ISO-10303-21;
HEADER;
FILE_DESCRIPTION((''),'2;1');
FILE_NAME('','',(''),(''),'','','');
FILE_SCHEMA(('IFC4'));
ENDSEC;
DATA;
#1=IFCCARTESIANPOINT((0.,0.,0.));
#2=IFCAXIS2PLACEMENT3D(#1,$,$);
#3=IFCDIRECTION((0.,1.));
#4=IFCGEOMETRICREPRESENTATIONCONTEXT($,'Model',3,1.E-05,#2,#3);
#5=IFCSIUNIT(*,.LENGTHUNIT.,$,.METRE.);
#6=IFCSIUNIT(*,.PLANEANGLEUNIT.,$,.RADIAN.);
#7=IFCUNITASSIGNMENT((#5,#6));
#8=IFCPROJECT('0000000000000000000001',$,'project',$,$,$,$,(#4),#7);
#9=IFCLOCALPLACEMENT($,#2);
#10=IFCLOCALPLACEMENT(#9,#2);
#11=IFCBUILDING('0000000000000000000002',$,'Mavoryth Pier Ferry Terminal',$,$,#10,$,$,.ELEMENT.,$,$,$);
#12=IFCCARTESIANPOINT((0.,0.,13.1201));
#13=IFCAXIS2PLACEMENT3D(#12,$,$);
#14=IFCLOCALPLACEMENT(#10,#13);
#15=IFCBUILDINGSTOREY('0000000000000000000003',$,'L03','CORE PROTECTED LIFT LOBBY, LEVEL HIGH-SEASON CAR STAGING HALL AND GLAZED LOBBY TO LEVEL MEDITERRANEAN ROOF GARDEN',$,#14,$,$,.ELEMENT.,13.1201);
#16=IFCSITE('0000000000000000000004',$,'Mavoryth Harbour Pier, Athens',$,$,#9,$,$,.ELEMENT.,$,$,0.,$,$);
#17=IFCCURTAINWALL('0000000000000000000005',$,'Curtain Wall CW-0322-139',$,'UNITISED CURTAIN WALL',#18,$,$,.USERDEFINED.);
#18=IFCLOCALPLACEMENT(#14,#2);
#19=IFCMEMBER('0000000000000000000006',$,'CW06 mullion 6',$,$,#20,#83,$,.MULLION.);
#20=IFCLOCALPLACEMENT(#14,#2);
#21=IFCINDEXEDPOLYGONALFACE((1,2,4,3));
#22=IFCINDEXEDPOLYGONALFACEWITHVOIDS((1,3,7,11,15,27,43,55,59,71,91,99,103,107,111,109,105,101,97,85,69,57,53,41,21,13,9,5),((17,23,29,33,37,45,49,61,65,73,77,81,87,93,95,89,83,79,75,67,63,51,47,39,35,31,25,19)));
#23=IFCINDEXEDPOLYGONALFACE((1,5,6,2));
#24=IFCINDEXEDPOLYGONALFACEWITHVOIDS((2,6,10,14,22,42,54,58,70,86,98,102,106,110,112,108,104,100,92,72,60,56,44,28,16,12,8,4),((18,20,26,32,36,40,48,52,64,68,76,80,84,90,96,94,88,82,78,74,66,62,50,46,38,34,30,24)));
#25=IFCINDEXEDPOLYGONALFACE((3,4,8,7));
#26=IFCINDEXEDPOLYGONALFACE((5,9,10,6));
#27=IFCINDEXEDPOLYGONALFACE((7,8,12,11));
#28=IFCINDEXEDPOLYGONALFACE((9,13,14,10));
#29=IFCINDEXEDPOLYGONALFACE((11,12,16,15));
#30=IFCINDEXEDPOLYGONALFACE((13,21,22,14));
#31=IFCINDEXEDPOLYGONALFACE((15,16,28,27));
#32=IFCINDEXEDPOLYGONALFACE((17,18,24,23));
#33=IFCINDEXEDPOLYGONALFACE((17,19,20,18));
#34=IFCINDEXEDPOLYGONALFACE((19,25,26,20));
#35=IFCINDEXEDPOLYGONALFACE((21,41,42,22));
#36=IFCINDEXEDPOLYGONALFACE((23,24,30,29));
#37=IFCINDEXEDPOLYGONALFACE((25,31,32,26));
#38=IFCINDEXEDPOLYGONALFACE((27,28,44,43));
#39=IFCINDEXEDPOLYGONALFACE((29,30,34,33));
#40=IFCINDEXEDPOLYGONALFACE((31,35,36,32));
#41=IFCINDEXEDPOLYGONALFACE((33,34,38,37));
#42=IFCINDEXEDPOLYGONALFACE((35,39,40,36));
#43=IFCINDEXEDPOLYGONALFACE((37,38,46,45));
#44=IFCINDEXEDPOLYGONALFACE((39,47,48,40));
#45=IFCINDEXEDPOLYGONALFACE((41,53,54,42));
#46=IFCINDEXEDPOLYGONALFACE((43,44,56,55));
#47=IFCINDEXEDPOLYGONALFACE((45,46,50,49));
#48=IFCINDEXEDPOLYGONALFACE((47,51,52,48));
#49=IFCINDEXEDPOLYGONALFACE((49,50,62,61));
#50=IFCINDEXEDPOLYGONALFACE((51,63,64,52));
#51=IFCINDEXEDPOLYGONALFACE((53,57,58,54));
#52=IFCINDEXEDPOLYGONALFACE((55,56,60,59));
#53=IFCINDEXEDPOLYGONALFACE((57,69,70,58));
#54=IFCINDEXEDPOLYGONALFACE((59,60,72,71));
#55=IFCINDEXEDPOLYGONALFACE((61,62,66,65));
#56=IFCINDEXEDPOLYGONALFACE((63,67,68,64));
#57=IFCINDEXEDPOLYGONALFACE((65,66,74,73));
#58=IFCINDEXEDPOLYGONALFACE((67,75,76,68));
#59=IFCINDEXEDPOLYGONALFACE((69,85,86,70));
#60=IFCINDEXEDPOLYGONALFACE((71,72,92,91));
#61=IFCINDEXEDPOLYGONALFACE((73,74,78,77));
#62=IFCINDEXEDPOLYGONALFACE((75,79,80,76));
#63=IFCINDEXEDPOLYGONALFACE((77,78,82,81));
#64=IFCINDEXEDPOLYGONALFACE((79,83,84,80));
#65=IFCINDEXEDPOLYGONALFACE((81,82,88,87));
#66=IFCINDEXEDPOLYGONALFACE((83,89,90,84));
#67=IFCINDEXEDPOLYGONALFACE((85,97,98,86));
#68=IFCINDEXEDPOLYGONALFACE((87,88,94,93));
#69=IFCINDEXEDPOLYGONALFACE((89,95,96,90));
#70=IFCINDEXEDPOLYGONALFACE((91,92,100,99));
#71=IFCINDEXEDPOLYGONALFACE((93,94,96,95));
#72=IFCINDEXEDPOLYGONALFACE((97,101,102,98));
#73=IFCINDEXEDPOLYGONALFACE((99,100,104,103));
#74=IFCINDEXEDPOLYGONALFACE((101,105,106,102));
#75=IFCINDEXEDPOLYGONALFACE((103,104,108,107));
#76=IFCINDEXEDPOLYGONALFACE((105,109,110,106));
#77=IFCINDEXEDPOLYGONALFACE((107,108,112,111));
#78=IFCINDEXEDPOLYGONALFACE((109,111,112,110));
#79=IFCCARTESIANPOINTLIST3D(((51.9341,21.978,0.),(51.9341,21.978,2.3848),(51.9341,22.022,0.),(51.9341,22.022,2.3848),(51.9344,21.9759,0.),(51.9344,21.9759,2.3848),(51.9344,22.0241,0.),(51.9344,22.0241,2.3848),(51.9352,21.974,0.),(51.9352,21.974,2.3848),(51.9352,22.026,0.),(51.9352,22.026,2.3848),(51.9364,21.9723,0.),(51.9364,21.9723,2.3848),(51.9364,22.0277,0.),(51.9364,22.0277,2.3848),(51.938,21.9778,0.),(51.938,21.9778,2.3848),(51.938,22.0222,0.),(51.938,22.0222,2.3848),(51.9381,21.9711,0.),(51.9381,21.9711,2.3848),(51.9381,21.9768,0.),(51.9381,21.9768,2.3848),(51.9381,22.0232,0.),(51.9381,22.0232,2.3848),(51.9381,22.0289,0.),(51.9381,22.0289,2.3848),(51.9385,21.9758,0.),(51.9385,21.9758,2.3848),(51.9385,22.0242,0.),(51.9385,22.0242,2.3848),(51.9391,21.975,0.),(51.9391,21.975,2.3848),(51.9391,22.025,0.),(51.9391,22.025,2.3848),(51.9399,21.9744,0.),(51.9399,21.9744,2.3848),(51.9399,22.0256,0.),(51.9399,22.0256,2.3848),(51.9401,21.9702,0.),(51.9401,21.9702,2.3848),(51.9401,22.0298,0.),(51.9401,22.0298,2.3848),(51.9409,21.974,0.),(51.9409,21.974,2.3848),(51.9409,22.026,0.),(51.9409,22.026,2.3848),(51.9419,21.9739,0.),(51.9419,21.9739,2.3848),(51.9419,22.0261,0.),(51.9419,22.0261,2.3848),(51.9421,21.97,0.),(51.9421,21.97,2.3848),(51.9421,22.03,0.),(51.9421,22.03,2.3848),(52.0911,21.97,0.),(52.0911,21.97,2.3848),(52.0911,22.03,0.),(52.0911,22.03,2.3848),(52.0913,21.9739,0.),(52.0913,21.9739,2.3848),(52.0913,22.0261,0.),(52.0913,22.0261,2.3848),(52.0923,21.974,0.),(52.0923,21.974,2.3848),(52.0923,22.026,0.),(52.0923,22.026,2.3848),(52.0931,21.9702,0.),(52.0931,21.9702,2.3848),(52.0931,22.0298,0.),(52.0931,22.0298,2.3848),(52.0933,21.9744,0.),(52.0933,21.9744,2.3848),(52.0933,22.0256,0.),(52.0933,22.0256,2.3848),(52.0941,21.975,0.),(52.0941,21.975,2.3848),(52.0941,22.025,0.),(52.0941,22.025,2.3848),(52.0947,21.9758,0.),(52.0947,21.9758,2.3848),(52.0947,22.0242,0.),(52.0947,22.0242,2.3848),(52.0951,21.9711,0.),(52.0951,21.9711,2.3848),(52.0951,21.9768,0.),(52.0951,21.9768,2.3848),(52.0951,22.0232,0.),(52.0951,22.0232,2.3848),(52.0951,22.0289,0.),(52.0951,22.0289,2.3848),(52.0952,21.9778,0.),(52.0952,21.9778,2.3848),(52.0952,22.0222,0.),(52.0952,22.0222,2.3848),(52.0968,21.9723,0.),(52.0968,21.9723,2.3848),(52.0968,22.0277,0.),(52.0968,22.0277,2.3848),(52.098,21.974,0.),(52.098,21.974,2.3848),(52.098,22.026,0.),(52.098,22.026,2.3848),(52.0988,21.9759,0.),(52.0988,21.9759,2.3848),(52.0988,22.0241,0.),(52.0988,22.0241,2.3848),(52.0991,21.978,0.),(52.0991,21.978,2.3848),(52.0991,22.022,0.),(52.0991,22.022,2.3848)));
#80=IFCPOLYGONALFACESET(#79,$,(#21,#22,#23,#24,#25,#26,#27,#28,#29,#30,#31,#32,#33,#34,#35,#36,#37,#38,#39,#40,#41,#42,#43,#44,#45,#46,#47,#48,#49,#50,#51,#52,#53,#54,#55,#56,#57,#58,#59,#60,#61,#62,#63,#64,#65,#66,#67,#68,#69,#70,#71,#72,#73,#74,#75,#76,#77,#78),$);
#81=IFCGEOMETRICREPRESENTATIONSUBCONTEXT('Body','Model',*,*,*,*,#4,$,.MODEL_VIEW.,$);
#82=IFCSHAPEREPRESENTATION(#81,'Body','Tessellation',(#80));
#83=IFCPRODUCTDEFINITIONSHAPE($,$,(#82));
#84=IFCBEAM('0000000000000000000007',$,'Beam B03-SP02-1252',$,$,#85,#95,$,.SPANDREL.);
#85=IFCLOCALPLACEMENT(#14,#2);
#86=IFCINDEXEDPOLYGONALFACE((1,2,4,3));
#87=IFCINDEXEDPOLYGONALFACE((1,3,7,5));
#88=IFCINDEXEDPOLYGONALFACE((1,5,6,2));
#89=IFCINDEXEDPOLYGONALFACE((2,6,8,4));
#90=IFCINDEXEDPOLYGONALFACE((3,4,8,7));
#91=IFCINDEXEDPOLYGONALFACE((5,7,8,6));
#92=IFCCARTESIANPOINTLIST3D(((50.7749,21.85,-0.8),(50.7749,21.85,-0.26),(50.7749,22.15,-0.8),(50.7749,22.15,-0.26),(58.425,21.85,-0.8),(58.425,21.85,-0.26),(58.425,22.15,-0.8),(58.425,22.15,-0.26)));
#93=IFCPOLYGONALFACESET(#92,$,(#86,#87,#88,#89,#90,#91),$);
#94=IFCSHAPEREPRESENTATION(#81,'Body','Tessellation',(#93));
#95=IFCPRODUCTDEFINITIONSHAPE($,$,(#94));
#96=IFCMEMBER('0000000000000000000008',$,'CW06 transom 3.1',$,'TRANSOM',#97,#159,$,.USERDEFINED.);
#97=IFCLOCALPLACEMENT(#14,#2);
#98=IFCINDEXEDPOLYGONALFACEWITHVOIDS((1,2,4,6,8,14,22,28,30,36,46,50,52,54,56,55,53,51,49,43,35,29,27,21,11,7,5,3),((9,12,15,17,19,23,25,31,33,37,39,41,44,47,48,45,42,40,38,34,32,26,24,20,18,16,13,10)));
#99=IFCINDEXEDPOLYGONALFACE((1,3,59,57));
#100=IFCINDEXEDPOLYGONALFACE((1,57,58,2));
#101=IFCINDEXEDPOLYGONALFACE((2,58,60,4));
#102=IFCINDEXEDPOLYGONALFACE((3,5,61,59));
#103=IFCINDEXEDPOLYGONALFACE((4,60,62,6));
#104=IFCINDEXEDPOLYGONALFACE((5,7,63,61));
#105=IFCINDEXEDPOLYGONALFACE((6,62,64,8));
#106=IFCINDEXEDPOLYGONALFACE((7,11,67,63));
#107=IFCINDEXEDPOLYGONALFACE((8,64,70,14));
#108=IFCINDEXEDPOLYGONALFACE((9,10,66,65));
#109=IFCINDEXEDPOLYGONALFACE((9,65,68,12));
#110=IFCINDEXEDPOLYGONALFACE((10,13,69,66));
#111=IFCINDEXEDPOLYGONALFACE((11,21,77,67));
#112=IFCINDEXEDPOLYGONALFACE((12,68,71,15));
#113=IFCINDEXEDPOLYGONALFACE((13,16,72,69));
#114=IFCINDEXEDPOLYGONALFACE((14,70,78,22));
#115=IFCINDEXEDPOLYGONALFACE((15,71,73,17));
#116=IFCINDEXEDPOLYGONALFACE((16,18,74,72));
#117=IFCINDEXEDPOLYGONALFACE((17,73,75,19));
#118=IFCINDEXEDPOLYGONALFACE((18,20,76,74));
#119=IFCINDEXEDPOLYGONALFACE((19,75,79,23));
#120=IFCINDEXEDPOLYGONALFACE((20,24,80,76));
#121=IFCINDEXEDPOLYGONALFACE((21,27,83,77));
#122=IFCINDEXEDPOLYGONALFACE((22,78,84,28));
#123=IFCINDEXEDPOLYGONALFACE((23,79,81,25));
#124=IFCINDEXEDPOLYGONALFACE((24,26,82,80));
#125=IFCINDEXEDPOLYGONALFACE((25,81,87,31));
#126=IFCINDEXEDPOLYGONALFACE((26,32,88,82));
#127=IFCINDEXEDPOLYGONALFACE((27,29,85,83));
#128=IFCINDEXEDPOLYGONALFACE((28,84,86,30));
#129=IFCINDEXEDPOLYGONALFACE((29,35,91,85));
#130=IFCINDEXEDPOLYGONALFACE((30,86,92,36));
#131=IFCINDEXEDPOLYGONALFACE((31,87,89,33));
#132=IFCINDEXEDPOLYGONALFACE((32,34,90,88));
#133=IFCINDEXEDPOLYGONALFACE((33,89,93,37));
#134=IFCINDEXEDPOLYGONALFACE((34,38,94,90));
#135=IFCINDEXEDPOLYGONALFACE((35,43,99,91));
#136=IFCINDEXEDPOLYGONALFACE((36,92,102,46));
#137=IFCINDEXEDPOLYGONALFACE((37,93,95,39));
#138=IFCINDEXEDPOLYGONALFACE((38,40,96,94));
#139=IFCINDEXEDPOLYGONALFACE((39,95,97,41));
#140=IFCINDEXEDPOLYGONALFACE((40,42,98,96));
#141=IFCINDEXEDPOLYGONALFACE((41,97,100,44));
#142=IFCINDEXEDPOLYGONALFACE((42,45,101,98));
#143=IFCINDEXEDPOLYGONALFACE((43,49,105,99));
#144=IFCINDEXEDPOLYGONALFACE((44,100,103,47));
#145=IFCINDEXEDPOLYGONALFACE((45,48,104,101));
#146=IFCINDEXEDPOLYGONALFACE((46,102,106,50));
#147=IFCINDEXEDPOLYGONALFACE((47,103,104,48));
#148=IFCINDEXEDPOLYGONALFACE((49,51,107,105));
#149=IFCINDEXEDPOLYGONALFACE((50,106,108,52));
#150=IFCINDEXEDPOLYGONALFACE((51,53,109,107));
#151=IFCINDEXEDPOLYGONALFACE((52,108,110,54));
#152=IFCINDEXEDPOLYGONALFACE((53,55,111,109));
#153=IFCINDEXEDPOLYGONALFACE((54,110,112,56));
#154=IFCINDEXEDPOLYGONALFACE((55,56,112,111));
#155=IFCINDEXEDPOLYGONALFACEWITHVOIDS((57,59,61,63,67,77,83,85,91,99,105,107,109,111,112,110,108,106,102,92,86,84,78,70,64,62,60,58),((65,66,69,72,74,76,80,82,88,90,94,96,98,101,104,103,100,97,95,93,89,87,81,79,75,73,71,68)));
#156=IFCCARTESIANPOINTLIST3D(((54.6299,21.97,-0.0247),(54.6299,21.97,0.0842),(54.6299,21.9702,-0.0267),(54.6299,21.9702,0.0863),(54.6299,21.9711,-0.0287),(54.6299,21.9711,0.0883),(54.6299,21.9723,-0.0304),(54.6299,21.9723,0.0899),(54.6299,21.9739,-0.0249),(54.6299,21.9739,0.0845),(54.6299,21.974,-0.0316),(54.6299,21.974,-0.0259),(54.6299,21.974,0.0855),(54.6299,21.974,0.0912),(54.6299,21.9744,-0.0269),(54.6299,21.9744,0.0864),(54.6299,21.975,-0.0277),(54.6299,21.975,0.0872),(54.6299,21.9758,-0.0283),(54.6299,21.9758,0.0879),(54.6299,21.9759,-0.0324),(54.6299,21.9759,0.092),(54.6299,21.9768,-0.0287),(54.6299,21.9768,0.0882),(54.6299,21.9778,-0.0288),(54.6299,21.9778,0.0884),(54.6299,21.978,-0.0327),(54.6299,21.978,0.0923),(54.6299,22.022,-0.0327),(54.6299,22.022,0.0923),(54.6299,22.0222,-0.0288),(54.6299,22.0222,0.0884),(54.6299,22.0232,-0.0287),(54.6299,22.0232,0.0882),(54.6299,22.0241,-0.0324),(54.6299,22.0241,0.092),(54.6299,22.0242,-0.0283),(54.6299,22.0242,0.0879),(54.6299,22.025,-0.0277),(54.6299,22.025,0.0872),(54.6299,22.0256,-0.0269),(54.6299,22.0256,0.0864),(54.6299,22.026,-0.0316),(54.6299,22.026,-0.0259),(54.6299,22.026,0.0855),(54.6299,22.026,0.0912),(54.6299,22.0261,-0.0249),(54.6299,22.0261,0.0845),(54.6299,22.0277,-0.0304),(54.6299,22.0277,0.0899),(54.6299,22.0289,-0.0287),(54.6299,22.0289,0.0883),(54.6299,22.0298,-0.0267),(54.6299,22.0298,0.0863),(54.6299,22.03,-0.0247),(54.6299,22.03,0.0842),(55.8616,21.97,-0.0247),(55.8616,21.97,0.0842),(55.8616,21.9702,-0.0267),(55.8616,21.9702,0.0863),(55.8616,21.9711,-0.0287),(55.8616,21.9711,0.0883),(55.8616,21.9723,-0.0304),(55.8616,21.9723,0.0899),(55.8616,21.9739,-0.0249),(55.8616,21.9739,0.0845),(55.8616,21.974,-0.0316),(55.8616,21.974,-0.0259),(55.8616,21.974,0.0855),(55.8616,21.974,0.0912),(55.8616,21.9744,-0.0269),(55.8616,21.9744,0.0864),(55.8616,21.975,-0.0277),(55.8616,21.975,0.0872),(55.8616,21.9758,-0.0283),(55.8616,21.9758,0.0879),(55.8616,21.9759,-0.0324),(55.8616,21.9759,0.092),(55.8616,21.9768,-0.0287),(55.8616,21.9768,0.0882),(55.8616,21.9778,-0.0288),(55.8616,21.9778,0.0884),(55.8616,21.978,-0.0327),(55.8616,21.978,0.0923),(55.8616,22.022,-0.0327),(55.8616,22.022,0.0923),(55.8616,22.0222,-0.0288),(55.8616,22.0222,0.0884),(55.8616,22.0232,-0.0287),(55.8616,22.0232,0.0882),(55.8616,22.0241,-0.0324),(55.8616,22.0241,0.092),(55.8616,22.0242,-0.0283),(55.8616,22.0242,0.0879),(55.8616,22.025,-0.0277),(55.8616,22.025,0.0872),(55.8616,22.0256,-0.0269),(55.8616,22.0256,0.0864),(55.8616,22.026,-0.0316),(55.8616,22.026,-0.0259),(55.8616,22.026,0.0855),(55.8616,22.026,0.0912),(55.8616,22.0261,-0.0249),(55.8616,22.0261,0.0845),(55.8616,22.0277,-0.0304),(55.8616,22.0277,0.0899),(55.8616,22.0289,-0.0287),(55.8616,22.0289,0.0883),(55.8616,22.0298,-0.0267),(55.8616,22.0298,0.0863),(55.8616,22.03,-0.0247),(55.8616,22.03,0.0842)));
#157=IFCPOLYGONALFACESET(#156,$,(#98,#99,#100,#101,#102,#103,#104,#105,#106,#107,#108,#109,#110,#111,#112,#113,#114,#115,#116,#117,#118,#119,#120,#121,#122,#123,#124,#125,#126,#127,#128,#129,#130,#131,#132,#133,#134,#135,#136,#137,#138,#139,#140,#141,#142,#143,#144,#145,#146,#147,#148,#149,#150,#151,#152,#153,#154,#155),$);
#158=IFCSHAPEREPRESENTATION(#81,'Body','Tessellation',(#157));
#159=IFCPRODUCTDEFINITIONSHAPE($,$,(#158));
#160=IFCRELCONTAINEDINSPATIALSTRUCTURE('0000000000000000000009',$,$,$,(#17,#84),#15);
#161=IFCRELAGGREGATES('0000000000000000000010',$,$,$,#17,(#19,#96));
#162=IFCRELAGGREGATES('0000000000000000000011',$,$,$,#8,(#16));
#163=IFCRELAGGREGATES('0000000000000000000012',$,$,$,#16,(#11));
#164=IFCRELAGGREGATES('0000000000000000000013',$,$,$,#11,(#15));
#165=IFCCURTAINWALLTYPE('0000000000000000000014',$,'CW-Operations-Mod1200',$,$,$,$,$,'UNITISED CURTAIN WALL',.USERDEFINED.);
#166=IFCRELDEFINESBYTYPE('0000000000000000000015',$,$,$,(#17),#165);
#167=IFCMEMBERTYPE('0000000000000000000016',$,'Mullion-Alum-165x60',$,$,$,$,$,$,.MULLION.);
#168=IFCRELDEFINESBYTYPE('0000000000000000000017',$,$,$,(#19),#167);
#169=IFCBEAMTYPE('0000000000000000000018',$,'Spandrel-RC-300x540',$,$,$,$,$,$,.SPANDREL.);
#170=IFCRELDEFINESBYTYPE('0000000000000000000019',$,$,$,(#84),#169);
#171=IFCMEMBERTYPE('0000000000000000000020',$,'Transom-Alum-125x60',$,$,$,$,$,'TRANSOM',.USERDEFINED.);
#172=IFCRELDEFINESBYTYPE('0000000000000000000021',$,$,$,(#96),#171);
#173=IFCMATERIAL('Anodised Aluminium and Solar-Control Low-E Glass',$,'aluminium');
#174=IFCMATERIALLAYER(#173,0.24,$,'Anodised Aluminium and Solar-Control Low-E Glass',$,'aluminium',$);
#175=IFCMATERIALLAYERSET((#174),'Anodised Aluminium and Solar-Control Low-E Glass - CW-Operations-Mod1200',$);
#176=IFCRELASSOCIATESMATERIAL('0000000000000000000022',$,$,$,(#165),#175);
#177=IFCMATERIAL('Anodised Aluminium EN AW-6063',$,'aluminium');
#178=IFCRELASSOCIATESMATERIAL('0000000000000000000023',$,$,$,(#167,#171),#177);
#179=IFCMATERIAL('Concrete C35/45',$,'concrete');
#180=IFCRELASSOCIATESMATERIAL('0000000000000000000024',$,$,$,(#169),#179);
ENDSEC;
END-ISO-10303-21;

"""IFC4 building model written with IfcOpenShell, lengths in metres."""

from ifc_helpers import new_model, si_unit, direction, frame, origin, origin_2d, place, context, subcontext, project, spatial, rectangle, hollow_rectangle, extrude, material, layer, layer_set, material_profile, profile_set, type_object, element, aggregate, save


model = new_model("IFC4")

# Units and contexts
model_context = context("Model", 3, precision=1e-05, world=origin(), true_north=direction((0.0, 1.0)))
body_context = subcontext(model_context, "Body", "Model", "MODEL_VIEW")
ifc_project = project(units=[si_unit("LENGTHUNIT", "METRE"), si_unit("PLANEANGLEUNIT", "RADIAN")], contexts=[model_context])

# Site, building, storey
site_placement = place(None, origin())
site = spatial("IfcSite", under=ifc_project, at=site_placement, Name="Mavoryth Harbour Pier, Athens", CompositionType="ELEMENT", RefElevation=0.0)
building_placement = place(site_placement, origin())
building = spatial("IfcBuilding", under=site, at=building_placement, Name="Mavoryth Pier Ferry Terminal", CompositionType="ELEMENT")
storey_placement = place(building_placement, frame((0.0, 0.0, 13.1201)))
storey = spatial("IfcBuildingStorey", under=building, at=storey_placement, Name="L03", Description="CORE PROTECTED LIFT LOBBY, LEVEL HIGH-SEASON CAR STAGING HALL AND GLAZED LOBBY TO LEVEL MEDITERRANEAN ROOF GARDEN", CompositionType="ELEMENT", Elevation=13.1201)

# Shared definitions
ifc_material_1 = material(Name="Concrete C35/45", Category="concrete")

# Curtain wall, member
ifc_material_2 = material(Name="Anodised Aluminium and Solar-Control Low-E Glass", Category="aluminium")
ifc_layer_1 = layer(ifc_material_2, 0.24, Name="Anodised Aluminium and Solar-Control Low-E Glass", Category="aluminium")
ifc_layer_set_1 = layer_set([ifc_layer_1], Name="Anodised Aluminium and Solar-Control Low-E Glass - CW-Operations-Mod1200")
curtain_wall_type = type_object("IfcCurtainWallType", Name="CW-Operations-Mod1200", ElementType="UNITISED CURTAIN WALL", PredefinedType="USERDEFINED", material=ifc_layer_set_1)
curtain_wall_placement = place(storey_placement, origin())
curtain_wall = element("IfcCurtainWall", 1, at=curtain_wall_placement, inside=storey, type_object=curtain_wall_type, Name="Curtain Wall CW-0322-139", ObjectType="UNITISED CURTAIN WALL", PredefinedType="USERDEFINED")
ifc_material_3 = material(Name="Anodised Aluminium EN AW-6063", Category="aluminium")
ifc_material_profile_1 = material_profile(ifc_material_3, hollow_rectangle(XDim=0.0601, YDim=0.165, WallThickness=0.0039, InnerFilletRadius=0.0039, OuterFilletRadius=0.0081, at=origin_2d()), Name="AL-MULL 165x60x4", Category="aluminium")
ifc_profile_set_1 = profile_set([ifc_material_profile_1], Name="Anodised Aluminium EN AW-6063 - AL-MULL 165x60x4")
member_type_1 = type_object("IfcMemberType", Name="Mullion-Alum-165x60", PredefinedType="MULLION", material=ifc_profile_set_1)
member_1_placement = place(storey_placement, frame((52.0166, 22.0, 0.0), z_axis=(0.0, 0.0, 1.0), x_axis=(0.0, -1.0, 0.0)))
member_1 = element("IfcMember", 2, at=member_1_placement, type_object=member_type_1, Name="CW06 mullion 6", PredefinedType="MULLION", context=body_context, shape_type="SweptSolid", body=[
    extrude(hollow_rectangle(XDim=0.0601, YDim=0.165, WallThickness=0.0039, InnerFilletRadius=0.0039, OuterFilletRadius=0.0081, at=origin_2d()), origin(), (0.0, 0.0, 1.0), 2.3848),
])

# Beam
ifc_material_profile_2 = material_profile(ifc_material_1, rectangle(XDim=0.3, YDim=0.54, at=origin_2d()), Name="RC 300x540", Category="concrete")
ifc_profile_set_2 = profile_set([ifc_material_profile_2], Name="Concrete C35/45 - RC 300x540")
beam_type_1 = type_object("IfcBeamType", Name="Spandrel-RC-300x540", PredefinedType="SPANDREL", material=ifc_profile_set_2)
beam_1_placement = place(storey_placement, frame((50.7749, 22.0, -0.53), z_axis=(1.0, 0.0, 0.0), x_axis=(0.0, 1.0, 0.0)))
element("IfcBeam", 3, at=beam_1_placement, inside=storey, type_object=beam_type_1, Name="Beam B03-SP02-1252", PredefinedType="SPANDREL", context=body_context, shape_type="SweptSolid", body=[
    extrude(rectangle(XDim=0.3, YDim=0.54, at=origin_2d()), origin(), (0.0, 0.0, 1.0), 7.6501),
])

# Member
ifc_material_profile_3 = material_profile(ifc_material_3, hollow_rectangle(XDim=0.0601, YDim=0.125, WallThickness=0.0039, InnerFilletRadius=0.0039, OuterFilletRadius=0.0081, at=origin_2d()), Name="AL-TRAN 125x60x4", Category="aluminium")
ifc_profile_set_3 = profile_set([ifc_material_profile_3], Name="Anodised Aluminium EN AW-6063 - AL-TRAN 125x60x4")
member_type_2 = type_object("IfcMemberType", Name="Transom-Alum-125x60", ElementType="TRANSOM", PredefinedType="USERDEFINED", material=ifc_profile_set_3)
member_2_placement = place(storey_placement, frame((55.8616, 22.0, 0.0298), z_axis=(-1.0, 0.0, 0.0), x_axis=(0.0, -1.0, 0.0)))
member_2 = element("IfcMember", 4, at=member_2_placement, type_object=member_type_2, Name="CW06 transom 3.1", ObjectType="TRANSOM", PredefinedType="USERDEFINED", context=body_context, shape_type="SweptSolid", body=[
    extrude(hollow_rectangle(XDim=0.0601, YDim=0.125, WallThickness=0.0039, InnerFilletRadius=0.0039, OuterFilletRadius=0.0081, at=origin_2d()), origin(), (0.0, 0.0, 1.0), 1.2317),
])

aggregate(curtain_wall, [member_1, member_2])

save(model, "model.ifc")
